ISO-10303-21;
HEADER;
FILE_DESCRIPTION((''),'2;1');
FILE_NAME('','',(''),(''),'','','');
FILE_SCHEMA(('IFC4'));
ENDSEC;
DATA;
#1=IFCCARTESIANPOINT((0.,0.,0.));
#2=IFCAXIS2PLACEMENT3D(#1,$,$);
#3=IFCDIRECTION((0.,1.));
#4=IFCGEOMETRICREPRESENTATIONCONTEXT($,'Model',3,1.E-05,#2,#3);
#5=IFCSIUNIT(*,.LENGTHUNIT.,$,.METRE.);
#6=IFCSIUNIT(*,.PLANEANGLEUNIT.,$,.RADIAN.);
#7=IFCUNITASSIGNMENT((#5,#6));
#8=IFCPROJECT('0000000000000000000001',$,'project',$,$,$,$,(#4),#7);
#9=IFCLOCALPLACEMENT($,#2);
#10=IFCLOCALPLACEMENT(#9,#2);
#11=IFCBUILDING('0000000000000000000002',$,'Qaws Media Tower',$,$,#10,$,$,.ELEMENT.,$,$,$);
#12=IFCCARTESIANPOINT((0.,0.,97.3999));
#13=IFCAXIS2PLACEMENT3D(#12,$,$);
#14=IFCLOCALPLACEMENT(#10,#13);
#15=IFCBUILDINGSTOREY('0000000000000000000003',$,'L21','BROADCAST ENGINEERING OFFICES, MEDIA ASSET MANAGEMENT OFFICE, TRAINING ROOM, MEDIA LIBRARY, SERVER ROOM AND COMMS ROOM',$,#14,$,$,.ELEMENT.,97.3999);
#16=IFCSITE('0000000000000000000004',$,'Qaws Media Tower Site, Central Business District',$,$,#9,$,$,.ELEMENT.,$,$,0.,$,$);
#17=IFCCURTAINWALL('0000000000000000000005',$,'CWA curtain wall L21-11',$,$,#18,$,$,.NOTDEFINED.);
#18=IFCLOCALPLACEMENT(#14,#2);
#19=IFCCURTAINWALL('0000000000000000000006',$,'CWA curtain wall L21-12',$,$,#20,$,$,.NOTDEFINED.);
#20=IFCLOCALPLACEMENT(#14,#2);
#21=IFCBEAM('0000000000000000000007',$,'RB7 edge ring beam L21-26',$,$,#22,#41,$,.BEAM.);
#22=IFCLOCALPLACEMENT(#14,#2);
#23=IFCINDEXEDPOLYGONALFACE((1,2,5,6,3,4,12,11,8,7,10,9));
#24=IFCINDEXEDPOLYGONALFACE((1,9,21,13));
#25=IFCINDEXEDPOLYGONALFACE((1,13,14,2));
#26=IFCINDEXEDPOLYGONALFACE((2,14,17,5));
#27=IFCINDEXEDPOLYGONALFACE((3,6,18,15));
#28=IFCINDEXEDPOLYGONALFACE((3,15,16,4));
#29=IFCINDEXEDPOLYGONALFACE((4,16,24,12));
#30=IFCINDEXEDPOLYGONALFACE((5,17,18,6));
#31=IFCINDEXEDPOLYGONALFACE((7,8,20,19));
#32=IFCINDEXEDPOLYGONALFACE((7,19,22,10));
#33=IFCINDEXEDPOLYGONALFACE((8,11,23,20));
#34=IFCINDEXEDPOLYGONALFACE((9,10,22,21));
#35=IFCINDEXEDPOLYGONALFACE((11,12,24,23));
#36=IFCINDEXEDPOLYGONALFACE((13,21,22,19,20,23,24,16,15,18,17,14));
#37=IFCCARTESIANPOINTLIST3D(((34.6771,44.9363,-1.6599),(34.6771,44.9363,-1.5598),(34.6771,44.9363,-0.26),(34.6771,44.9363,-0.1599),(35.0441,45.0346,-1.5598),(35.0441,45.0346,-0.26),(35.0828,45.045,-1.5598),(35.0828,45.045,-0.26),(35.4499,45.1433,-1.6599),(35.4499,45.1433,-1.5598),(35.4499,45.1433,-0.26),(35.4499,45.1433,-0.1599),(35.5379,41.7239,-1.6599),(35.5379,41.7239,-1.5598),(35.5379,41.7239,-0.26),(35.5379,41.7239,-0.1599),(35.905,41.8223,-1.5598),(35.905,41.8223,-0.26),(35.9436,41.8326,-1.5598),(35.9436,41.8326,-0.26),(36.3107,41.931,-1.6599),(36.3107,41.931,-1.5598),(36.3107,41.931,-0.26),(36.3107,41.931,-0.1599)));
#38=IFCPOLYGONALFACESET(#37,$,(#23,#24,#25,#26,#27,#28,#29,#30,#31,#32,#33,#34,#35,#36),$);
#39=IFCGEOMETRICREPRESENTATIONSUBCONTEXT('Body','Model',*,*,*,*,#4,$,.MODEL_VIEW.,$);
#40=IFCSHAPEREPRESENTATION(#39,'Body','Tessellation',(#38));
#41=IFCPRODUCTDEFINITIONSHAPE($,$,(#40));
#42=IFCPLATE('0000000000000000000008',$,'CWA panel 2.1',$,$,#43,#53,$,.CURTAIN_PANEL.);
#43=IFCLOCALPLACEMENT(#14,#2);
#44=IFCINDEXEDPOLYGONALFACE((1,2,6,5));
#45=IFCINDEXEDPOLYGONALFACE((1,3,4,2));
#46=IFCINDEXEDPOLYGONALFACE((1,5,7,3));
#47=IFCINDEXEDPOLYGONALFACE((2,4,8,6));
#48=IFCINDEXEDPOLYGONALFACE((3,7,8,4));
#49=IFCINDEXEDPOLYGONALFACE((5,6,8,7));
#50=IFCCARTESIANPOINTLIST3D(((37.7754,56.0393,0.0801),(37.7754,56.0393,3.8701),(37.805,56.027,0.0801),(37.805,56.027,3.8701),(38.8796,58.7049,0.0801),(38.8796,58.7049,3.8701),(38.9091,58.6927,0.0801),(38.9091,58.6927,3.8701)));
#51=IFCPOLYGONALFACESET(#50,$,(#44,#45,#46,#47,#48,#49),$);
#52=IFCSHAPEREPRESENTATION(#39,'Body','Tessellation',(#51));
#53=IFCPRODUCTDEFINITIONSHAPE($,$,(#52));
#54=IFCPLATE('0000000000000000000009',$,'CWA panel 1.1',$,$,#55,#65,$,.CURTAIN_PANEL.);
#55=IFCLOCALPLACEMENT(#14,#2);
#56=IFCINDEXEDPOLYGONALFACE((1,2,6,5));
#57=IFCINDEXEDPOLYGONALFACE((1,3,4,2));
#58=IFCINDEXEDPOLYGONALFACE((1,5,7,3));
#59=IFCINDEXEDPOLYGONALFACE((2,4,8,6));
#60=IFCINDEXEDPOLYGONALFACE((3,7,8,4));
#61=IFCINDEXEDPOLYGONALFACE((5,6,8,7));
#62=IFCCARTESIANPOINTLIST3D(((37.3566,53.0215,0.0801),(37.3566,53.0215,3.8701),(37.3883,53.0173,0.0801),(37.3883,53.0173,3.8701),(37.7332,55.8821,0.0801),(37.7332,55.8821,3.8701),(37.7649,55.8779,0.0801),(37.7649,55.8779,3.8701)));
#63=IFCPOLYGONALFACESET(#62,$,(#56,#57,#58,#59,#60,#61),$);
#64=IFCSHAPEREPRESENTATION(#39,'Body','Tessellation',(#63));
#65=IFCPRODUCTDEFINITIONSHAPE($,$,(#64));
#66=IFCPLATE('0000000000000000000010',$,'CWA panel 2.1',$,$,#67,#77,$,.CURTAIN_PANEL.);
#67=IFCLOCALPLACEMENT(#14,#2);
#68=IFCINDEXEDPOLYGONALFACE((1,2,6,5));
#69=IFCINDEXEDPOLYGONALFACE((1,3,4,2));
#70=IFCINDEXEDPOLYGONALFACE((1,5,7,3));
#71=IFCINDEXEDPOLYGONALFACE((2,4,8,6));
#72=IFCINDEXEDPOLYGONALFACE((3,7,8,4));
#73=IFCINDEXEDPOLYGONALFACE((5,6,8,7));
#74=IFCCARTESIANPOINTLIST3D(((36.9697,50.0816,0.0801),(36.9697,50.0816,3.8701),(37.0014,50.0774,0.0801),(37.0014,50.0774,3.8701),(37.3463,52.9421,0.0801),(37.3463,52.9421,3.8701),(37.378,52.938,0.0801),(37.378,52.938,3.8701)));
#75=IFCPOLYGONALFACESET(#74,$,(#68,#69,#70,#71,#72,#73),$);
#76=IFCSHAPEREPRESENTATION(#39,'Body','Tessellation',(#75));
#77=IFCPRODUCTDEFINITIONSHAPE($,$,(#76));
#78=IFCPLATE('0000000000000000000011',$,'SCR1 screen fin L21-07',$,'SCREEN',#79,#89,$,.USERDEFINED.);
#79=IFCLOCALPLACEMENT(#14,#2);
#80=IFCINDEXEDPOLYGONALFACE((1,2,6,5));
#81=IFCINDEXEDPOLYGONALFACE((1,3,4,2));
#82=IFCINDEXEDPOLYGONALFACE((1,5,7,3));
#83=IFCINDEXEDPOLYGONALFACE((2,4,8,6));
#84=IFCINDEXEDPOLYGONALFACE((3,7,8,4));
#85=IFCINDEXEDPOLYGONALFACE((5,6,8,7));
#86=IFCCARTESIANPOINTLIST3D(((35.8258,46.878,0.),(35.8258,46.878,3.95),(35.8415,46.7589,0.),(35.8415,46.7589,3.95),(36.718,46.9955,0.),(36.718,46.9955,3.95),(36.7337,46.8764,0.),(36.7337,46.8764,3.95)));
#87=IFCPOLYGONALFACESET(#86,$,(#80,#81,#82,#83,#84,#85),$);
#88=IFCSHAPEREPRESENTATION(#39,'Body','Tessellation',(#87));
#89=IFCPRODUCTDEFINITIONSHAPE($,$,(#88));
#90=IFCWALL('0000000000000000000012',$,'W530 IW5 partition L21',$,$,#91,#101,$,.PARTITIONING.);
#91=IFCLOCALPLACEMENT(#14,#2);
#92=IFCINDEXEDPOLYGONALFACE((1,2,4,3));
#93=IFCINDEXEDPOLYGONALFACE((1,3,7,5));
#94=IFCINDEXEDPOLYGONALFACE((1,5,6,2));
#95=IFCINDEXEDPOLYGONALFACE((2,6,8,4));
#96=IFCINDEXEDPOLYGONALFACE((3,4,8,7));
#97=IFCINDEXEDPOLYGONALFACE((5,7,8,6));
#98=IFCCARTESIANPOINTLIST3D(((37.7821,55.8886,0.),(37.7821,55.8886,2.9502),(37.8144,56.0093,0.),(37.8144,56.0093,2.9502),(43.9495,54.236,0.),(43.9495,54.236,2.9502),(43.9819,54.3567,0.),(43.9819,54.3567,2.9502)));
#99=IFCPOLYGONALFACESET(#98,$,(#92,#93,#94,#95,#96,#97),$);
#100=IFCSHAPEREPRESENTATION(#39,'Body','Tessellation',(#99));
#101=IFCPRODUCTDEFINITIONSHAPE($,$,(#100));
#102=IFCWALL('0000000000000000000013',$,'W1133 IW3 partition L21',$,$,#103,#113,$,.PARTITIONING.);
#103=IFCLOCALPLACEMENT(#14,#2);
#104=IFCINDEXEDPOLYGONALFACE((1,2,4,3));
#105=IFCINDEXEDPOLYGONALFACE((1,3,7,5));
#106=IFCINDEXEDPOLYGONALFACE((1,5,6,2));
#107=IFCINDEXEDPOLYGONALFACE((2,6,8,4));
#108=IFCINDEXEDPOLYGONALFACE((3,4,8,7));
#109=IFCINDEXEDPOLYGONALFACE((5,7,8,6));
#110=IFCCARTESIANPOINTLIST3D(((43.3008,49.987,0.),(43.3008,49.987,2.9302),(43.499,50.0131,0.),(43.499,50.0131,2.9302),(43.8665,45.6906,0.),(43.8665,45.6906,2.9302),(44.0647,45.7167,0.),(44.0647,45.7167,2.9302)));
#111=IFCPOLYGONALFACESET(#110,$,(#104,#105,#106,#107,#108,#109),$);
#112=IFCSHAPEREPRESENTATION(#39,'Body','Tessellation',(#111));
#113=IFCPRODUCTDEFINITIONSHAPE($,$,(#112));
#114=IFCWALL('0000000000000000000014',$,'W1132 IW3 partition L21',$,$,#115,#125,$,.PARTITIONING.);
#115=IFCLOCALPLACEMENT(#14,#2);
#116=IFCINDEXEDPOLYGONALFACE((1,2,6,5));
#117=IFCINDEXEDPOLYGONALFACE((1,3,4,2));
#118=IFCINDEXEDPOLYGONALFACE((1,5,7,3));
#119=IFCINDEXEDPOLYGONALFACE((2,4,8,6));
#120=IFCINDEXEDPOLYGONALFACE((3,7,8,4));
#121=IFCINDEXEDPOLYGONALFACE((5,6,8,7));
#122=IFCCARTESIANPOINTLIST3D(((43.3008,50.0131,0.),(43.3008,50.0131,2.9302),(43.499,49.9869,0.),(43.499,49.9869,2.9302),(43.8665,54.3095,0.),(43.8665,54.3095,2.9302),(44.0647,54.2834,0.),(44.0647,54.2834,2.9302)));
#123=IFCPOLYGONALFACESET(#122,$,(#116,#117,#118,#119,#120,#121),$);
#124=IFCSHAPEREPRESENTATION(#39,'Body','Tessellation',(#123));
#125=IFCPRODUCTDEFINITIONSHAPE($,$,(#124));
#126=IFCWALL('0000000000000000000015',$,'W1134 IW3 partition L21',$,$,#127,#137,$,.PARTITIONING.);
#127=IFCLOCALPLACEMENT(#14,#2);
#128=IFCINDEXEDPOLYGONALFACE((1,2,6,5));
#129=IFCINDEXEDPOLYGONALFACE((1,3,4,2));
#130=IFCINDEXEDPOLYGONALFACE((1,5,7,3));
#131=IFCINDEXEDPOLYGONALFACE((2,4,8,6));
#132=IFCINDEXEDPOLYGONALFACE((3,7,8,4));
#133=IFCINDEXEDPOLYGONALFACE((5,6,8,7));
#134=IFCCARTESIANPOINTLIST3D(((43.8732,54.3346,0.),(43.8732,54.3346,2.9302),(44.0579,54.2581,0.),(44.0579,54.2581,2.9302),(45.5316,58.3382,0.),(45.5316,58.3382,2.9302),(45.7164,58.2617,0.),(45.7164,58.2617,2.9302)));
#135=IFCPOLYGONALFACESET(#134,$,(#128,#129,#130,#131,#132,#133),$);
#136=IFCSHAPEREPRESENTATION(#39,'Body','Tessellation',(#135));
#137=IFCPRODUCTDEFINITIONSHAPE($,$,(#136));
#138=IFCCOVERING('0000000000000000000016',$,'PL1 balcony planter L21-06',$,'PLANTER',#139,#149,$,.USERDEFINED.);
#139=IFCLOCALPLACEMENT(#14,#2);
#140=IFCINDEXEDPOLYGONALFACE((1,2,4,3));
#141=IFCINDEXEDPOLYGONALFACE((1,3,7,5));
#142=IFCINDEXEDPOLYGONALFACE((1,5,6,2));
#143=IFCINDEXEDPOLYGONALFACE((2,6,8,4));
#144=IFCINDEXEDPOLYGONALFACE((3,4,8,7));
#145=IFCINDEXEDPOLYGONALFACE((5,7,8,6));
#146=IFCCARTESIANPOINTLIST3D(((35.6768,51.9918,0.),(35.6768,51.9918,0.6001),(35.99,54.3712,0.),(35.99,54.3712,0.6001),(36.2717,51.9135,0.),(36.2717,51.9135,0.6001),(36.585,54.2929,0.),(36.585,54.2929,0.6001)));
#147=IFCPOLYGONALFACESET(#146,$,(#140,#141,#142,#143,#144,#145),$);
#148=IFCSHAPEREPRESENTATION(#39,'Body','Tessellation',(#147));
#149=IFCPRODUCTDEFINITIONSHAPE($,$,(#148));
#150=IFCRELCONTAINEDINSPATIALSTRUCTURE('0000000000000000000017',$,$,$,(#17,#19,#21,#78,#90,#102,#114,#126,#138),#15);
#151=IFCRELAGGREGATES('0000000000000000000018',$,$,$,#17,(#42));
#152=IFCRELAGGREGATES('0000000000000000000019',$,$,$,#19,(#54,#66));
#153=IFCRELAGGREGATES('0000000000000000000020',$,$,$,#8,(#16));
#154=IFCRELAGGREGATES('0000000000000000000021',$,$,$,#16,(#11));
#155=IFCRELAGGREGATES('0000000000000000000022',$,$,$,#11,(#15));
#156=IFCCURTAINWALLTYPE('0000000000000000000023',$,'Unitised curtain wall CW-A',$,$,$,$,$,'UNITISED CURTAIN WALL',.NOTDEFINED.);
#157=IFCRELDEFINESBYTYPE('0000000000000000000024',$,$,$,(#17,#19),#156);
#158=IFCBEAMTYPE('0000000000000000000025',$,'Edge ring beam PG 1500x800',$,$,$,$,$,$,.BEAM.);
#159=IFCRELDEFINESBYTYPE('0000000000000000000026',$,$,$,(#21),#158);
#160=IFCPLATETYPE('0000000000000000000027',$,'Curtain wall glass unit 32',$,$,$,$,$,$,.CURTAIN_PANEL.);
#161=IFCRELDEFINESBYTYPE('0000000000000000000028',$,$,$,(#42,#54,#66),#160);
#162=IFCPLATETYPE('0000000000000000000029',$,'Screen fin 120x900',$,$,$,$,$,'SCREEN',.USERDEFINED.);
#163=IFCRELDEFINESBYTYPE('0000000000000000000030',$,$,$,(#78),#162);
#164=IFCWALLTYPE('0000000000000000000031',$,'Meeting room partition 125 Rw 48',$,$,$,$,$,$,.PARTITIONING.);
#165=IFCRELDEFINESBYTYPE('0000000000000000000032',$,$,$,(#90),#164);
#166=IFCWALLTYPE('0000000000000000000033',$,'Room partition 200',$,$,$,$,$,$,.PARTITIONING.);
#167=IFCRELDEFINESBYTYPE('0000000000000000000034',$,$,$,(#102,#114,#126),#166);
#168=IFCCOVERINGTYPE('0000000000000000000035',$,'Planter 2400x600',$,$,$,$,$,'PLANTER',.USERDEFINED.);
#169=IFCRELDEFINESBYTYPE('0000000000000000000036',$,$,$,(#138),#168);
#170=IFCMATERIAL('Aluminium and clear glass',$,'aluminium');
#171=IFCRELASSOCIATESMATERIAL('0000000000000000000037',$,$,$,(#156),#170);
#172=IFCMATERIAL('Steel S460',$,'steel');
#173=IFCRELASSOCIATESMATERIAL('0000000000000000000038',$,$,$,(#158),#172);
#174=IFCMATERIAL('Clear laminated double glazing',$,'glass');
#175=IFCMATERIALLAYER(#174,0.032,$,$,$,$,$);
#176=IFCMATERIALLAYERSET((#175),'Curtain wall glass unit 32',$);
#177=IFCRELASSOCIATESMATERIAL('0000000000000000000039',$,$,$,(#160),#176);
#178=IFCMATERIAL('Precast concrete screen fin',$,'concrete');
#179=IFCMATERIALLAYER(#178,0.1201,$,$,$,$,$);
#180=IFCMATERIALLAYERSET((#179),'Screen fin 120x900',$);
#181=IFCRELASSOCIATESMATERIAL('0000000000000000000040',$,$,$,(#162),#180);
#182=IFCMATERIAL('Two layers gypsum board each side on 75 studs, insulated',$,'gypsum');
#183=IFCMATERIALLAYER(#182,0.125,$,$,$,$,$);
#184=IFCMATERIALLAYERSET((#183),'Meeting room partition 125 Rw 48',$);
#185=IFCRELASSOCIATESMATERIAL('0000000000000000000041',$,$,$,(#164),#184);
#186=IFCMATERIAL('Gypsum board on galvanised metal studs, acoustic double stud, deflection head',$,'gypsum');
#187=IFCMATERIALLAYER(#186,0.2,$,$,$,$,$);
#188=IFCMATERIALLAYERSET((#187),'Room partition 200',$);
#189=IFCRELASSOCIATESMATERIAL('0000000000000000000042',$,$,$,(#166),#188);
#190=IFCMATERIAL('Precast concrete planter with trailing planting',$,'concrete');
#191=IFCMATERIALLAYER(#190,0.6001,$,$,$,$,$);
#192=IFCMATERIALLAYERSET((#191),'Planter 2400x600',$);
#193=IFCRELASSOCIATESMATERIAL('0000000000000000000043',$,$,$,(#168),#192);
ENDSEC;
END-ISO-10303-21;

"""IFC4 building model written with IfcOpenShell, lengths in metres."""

from ifc_helpers import new_model, si_unit, direction, frame, frame_2d, origin, origin_2d, place, context, subcontext, project, spatial, rectangle, i_section, extrude, material, layer, layer_set, material_profile, profile_set, type_object, element, aggregate, save


model = new_model("IFC4")

# Units and contexts
model_context = context("Model", 3, precision=1e-05, world=origin(), true_north=direction((0.0, 1.0)))
body_context = subcontext(model_context, "Body", "Model", "MODEL_VIEW")
ifc_project = project(units=[si_unit("LENGTHUNIT", "METRE"), si_unit("PLANEANGLEUNIT", "RADIAN")], contexts=[model_context])

# Site, building, storey
site_placement = place(None, origin())
site = spatial("IfcSite", under=ifc_project, at=site_placement, Name="Qaws Media Tower Site, Central Business District", CompositionType="ELEMENT", RefElevation=0.0)
building_placement = place(site_placement, origin())
building = spatial("IfcBuilding", under=site, at=building_placement, Name="Qaws Media Tower", CompositionType="ELEMENT")
storey_placement = place(building_placement, frame((0.0, 0.0, 97.3999)))
storey = spatial("IfcBuildingStorey", under=building, at=storey_placement, Name="L21", Description="BROADCAST ENGINEERING OFFICES, MEDIA ASSET MANAGEMENT OFFICE, TRAINING ROOM, MEDIA LIBRARY, SERVER ROOM AND COMMS ROOM", CompositionType="ELEMENT", Elevation=97.3999)

# Curtain wall
ifc_material_1 = material(Name="Aluminium and clear glass", Category="aluminium")
curtain_wall_type = type_object("IfcCurtainWallType", Name="Unitised curtain wall CW-A", ElementType="UNITISED CURTAIN WALL", PredefinedType="NOTDEFINED", material=ifc_material_1)
curtain_wall_1_placement = place(storey_placement, origin())
curtain_wall_1 = element("IfcCurtainWall", 1, at=curtain_wall_1_placement, inside=storey, type_object=curtain_wall_type, Name="CWA curtain wall L21-11", PredefinedType="NOTDEFINED")

# Curtain wall
curtain_wall_2_placement = place(storey_placement, origin())
curtain_wall_2 = element("IfcCurtainWall", 2, at=curtain_wall_2_placement, inside=storey, type_object=curtain_wall_type, Name="CWA curtain wall L21-12", PredefinedType="NOTDEFINED")

# Beam
ifc_material_2 = material(Name="Steel S460", Category="steel")
ifc_material_profile_1 = material_profile(ifc_material_2, i_section(OverallWidth=0.8, OverallDepth=1.5, WebThickness=0.04, FlangeThickness=0.1001, at=origin_2d()), Name="PG 1500x800")
ifc_profile_set_1 = profile_set([ifc_material_profile_1], Name="Steel S460")
beam_type = type_object("IfcBeamType", Name="Edge ring beam PG 1500x800", PredefinedType="BEAM", material=ifc_profile_set_1)
beam_1_placement = place(storey_placement, frame((35.0635, 45.0398, -0.9099), z_axis=(0.258841, -0.96592, 0.0), x_axis=(0.96592, 0.258841, 0.0)))
element("IfcBeam", 3, at=beam_1_placement, inside=storey, type_object=beam_type, Name="RB7 edge ring beam L21-26", PredefinedType="BEAM", context=body_context, shape_type="SweptSolid", body=[
    extrude(i_section(OverallWidth=0.8, OverallDepth=1.5, WebThickness=0.04, FlangeThickness=0.1001, at=origin_2d()), origin(), (0.0, 0.0, 1.0), 3.3257),
])

# Plates
ifc_material_3 = material(Name="Clear laminated double glazing", Category="glass")
ifc_layer_1 = layer(ifc_material_3, 0.032)
ifc_layer_set_1 = layer_set([ifc_layer_1], Name="Curtain wall glass unit 32")
plate_type_1 = type_object("IfcPlateType", Name="Curtain wall glass unit 32", PredefinedType="CURTAIN_PANEL", material=ifc_layer_set_1)
plate_1_placement = place(storey_placement, frame((38.3423, 57.366, 0.0801), z_axis=(0.0, 0.0, 1.0), x_axis=(-0.382683, -0.92388, 0.0)))
plate_1 = element("IfcPlate", 4, at=plate_1_placement, type_object=plate_type_1, Name="CWA panel 2.1", PredefinedType="CURTAIN_PANEL", context=body_context, shape_type="SweptSolid", body=[
    extrude(rectangle(XDim=2.8853, YDim=0.032, at=origin_2d()), origin(), (0.0, 0.0, 1.0), 3.79),
])
aggregate(curtain_wall_1, [plate_1])
plate_2_placement = place(storey_placement, frame((37.5608, 54.4497, 0.0801), z_axis=(0.0, 0.0, 1.0), x_axis=(-0.130526, -0.991445, 0.0)))
plate_2 = element("IfcPlate", 5, at=plate_2_placement, type_object=plate_type_1, Name="CWA panel 1.1", PredefinedType="CURTAIN_PANEL", context=body_context, shape_type="SweptSolid", body=[
    extrude(rectangle(XDim=2.8853, YDim=0.032, at=origin_2d()), origin(), (0.0, 0.0, 1.0), 3.79),
])
plate_3_placement = place(storey_placement, frame((37.1738, 51.5098, 0.0801), z_axis=(0.0, 0.0, 1.0), x_axis=(-0.130526, -0.991445, 0.0)))
plate_3 = element("IfcPlate", 6, at=plate_3_placement, type_object=plate_type_1, Name="CWA panel 2.1", PredefinedType="CURTAIN_PANEL", context=body_context, shape_type="SweptSolid", body=[
    extrude(rectangle(XDim=2.8853, YDim=0.032, at=origin_2d()), origin(), (0.0, 0.0, 1.0), 3.79),
])
aggregate(curtain_wall_2, [plate_2, plate_3])
ifc_material_4 = material(Name="Precast concrete screen fin", Category="concrete")
ifc_layer_2 = layer(ifc_material_4, 0.1201)
ifc_layer_set_2 = layer_set([ifc_layer_2], Name="Screen fin 120x900")
plate_type_2 = type_object("IfcPlateType", Name="Screen fin 120x900", ElementType="SCREEN", PredefinedType="USERDEFINED", material=ifc_layer_set_2)
plate_4_placement = place(storey_placement, frame((36.2798, 46.8772, 0.0), z_axis=(0.0, 0.0, 1.0), x_axis=(-0.991445, -0.130526, 0.0)))
element("IfcPlate", 7, at=plate_4_placement, inside=storey, type_object=plate_type_2, Name="SCR1 screen fin L21-07", ObjectType="SCREEN", PredefinedType="USERDEFINED", context=body_context, shape_type="SweptSolid", body=[
    extrude(rectangle(XDim=0.8999, YDim=0.1201, at=origin_2d()), origin(), (0.0, 0.0, 1.0), 3.95),
])

# Walls
ifc_material_5 = material(Name="Two layers gypsum board each side on 75 studs, insulated", Category="gypsum")
ifc_layer_3 = layer(ifc_material_5, 0.125)
ifc_layer_set_3 = layer_set([ifc_layer_3], Name="Meeting room partition 125 Rw 48")
wall_type_1 = type_object("IfcWallType", Name="Meeting room partition 125 Rw 48", PredefinedType="PARTITIONING", material=ifc_layer_set_3)
wall_1_placement = place(storey_placement, frame((43.9656, 54.2964, 0.0), z_axis=(0.0, 0.0, 1.0), x_axis=(-0.965925, 0.258821, 0.0)))
element("IfcWall", 8, at=wall_1_placement, inside=storey, type_object=wall_type_1, Name="W530 IW5 partition L21", PredefinedType="PARTITIONING", context=body_context, shape_type="SweptSolid", body=[
    extrude(rectangle(XDim=6.385, YDim=0.125, at=frame_2d((3.1924, 0.0))), origin(), (0.0, 0.0, 1.0), 2.9502),
])
ifc_material_6 = material(Name="Gypsum board on galvanised metal studs, acoustic double stud, deflection head", Category="gypsum")
ifc_layer_4 = layer(ifc_material_6, 0.2)
ifc_layer_set_4 = layer_set([ifc_layer_4], Name="Room partition 200")
wall_type_2 = type_object("IfcWallType", Name="Room partition 200", PredefinedType="PARTITIONING", material=ifc_layer_set_4)
for number, where, z_axis, x_axis, name in (
    (9, (43.9656, 45.7036, 0.0), (0.0, 0.0, 1.0), (-0.130536, 0.991444, 0.0), "W1133 IW3 partition L21"),
    (10, (43.3999, 50.0, 0.0), (0.0, 0.0, 1.0), (0.130536, 0.991444, 0.0), "W1132 IW3 partition L21"),
    (11, (43.9656, 54.2964, 0.0), (0.0, 0.0, 1.0), (0.382698, 0.923873, 0.0), "W1134 IW3 partition L21"),
):
    element("IfcWall", number, at=place(storey_placement, frame(where, z_axis=z_axis, x_axis=x_axis)), inside=storey, type_object=wall_type_2, Name=name, PredefinedType="PARTITIONING", context=body_context, shape_type="SweptSolid", body=[
        extrude(rectangle(XDim=4.3335, YDim=0.2, at=frame_2d((2.1667, 0.0))), origin(), (0.0, 0.0, 1.0), 2.9302),
    ])

# Covering
ifc_material_7 = material(Name="Precast concrete planter with trailing planting", Category="concrete")
ifc_layer_5 = layer(ifc_material_7, 0.6001)
ifc_layer_set_5 = layer_set([ifc_layer_5], Name="Planter 2400x600")
covering_type = type_object("IfcCoveringType", Name="Planter 2400x600", ElementType="PLANTER", PredefinedType="USERDEFINED", material=ifc_layer_set_5)
covering_placement = place(storey_placement, frame((36.1309, 53.1423, 0.0), z_axis=(0.0, 0.0, 1.0), x_axis=(-0.130526, -0.991445, 0.0)))
element("IfcCovering", 12, at=covering_placement, inside=storey, type_object=covering_type, Name="PL1 balcony planter L21-06", ObjectType="PLANTER", PredefinedType="USERDEFINED", context=body_context, shape_type="SweptSolid", body=[
    extrude(rectangle(XDim=2.3999, YDim=0.6001, at=origin_2d()), origin(), (0.0, 0.0, 1.0), 0.6001),
])

save(model, "model.ifc")
